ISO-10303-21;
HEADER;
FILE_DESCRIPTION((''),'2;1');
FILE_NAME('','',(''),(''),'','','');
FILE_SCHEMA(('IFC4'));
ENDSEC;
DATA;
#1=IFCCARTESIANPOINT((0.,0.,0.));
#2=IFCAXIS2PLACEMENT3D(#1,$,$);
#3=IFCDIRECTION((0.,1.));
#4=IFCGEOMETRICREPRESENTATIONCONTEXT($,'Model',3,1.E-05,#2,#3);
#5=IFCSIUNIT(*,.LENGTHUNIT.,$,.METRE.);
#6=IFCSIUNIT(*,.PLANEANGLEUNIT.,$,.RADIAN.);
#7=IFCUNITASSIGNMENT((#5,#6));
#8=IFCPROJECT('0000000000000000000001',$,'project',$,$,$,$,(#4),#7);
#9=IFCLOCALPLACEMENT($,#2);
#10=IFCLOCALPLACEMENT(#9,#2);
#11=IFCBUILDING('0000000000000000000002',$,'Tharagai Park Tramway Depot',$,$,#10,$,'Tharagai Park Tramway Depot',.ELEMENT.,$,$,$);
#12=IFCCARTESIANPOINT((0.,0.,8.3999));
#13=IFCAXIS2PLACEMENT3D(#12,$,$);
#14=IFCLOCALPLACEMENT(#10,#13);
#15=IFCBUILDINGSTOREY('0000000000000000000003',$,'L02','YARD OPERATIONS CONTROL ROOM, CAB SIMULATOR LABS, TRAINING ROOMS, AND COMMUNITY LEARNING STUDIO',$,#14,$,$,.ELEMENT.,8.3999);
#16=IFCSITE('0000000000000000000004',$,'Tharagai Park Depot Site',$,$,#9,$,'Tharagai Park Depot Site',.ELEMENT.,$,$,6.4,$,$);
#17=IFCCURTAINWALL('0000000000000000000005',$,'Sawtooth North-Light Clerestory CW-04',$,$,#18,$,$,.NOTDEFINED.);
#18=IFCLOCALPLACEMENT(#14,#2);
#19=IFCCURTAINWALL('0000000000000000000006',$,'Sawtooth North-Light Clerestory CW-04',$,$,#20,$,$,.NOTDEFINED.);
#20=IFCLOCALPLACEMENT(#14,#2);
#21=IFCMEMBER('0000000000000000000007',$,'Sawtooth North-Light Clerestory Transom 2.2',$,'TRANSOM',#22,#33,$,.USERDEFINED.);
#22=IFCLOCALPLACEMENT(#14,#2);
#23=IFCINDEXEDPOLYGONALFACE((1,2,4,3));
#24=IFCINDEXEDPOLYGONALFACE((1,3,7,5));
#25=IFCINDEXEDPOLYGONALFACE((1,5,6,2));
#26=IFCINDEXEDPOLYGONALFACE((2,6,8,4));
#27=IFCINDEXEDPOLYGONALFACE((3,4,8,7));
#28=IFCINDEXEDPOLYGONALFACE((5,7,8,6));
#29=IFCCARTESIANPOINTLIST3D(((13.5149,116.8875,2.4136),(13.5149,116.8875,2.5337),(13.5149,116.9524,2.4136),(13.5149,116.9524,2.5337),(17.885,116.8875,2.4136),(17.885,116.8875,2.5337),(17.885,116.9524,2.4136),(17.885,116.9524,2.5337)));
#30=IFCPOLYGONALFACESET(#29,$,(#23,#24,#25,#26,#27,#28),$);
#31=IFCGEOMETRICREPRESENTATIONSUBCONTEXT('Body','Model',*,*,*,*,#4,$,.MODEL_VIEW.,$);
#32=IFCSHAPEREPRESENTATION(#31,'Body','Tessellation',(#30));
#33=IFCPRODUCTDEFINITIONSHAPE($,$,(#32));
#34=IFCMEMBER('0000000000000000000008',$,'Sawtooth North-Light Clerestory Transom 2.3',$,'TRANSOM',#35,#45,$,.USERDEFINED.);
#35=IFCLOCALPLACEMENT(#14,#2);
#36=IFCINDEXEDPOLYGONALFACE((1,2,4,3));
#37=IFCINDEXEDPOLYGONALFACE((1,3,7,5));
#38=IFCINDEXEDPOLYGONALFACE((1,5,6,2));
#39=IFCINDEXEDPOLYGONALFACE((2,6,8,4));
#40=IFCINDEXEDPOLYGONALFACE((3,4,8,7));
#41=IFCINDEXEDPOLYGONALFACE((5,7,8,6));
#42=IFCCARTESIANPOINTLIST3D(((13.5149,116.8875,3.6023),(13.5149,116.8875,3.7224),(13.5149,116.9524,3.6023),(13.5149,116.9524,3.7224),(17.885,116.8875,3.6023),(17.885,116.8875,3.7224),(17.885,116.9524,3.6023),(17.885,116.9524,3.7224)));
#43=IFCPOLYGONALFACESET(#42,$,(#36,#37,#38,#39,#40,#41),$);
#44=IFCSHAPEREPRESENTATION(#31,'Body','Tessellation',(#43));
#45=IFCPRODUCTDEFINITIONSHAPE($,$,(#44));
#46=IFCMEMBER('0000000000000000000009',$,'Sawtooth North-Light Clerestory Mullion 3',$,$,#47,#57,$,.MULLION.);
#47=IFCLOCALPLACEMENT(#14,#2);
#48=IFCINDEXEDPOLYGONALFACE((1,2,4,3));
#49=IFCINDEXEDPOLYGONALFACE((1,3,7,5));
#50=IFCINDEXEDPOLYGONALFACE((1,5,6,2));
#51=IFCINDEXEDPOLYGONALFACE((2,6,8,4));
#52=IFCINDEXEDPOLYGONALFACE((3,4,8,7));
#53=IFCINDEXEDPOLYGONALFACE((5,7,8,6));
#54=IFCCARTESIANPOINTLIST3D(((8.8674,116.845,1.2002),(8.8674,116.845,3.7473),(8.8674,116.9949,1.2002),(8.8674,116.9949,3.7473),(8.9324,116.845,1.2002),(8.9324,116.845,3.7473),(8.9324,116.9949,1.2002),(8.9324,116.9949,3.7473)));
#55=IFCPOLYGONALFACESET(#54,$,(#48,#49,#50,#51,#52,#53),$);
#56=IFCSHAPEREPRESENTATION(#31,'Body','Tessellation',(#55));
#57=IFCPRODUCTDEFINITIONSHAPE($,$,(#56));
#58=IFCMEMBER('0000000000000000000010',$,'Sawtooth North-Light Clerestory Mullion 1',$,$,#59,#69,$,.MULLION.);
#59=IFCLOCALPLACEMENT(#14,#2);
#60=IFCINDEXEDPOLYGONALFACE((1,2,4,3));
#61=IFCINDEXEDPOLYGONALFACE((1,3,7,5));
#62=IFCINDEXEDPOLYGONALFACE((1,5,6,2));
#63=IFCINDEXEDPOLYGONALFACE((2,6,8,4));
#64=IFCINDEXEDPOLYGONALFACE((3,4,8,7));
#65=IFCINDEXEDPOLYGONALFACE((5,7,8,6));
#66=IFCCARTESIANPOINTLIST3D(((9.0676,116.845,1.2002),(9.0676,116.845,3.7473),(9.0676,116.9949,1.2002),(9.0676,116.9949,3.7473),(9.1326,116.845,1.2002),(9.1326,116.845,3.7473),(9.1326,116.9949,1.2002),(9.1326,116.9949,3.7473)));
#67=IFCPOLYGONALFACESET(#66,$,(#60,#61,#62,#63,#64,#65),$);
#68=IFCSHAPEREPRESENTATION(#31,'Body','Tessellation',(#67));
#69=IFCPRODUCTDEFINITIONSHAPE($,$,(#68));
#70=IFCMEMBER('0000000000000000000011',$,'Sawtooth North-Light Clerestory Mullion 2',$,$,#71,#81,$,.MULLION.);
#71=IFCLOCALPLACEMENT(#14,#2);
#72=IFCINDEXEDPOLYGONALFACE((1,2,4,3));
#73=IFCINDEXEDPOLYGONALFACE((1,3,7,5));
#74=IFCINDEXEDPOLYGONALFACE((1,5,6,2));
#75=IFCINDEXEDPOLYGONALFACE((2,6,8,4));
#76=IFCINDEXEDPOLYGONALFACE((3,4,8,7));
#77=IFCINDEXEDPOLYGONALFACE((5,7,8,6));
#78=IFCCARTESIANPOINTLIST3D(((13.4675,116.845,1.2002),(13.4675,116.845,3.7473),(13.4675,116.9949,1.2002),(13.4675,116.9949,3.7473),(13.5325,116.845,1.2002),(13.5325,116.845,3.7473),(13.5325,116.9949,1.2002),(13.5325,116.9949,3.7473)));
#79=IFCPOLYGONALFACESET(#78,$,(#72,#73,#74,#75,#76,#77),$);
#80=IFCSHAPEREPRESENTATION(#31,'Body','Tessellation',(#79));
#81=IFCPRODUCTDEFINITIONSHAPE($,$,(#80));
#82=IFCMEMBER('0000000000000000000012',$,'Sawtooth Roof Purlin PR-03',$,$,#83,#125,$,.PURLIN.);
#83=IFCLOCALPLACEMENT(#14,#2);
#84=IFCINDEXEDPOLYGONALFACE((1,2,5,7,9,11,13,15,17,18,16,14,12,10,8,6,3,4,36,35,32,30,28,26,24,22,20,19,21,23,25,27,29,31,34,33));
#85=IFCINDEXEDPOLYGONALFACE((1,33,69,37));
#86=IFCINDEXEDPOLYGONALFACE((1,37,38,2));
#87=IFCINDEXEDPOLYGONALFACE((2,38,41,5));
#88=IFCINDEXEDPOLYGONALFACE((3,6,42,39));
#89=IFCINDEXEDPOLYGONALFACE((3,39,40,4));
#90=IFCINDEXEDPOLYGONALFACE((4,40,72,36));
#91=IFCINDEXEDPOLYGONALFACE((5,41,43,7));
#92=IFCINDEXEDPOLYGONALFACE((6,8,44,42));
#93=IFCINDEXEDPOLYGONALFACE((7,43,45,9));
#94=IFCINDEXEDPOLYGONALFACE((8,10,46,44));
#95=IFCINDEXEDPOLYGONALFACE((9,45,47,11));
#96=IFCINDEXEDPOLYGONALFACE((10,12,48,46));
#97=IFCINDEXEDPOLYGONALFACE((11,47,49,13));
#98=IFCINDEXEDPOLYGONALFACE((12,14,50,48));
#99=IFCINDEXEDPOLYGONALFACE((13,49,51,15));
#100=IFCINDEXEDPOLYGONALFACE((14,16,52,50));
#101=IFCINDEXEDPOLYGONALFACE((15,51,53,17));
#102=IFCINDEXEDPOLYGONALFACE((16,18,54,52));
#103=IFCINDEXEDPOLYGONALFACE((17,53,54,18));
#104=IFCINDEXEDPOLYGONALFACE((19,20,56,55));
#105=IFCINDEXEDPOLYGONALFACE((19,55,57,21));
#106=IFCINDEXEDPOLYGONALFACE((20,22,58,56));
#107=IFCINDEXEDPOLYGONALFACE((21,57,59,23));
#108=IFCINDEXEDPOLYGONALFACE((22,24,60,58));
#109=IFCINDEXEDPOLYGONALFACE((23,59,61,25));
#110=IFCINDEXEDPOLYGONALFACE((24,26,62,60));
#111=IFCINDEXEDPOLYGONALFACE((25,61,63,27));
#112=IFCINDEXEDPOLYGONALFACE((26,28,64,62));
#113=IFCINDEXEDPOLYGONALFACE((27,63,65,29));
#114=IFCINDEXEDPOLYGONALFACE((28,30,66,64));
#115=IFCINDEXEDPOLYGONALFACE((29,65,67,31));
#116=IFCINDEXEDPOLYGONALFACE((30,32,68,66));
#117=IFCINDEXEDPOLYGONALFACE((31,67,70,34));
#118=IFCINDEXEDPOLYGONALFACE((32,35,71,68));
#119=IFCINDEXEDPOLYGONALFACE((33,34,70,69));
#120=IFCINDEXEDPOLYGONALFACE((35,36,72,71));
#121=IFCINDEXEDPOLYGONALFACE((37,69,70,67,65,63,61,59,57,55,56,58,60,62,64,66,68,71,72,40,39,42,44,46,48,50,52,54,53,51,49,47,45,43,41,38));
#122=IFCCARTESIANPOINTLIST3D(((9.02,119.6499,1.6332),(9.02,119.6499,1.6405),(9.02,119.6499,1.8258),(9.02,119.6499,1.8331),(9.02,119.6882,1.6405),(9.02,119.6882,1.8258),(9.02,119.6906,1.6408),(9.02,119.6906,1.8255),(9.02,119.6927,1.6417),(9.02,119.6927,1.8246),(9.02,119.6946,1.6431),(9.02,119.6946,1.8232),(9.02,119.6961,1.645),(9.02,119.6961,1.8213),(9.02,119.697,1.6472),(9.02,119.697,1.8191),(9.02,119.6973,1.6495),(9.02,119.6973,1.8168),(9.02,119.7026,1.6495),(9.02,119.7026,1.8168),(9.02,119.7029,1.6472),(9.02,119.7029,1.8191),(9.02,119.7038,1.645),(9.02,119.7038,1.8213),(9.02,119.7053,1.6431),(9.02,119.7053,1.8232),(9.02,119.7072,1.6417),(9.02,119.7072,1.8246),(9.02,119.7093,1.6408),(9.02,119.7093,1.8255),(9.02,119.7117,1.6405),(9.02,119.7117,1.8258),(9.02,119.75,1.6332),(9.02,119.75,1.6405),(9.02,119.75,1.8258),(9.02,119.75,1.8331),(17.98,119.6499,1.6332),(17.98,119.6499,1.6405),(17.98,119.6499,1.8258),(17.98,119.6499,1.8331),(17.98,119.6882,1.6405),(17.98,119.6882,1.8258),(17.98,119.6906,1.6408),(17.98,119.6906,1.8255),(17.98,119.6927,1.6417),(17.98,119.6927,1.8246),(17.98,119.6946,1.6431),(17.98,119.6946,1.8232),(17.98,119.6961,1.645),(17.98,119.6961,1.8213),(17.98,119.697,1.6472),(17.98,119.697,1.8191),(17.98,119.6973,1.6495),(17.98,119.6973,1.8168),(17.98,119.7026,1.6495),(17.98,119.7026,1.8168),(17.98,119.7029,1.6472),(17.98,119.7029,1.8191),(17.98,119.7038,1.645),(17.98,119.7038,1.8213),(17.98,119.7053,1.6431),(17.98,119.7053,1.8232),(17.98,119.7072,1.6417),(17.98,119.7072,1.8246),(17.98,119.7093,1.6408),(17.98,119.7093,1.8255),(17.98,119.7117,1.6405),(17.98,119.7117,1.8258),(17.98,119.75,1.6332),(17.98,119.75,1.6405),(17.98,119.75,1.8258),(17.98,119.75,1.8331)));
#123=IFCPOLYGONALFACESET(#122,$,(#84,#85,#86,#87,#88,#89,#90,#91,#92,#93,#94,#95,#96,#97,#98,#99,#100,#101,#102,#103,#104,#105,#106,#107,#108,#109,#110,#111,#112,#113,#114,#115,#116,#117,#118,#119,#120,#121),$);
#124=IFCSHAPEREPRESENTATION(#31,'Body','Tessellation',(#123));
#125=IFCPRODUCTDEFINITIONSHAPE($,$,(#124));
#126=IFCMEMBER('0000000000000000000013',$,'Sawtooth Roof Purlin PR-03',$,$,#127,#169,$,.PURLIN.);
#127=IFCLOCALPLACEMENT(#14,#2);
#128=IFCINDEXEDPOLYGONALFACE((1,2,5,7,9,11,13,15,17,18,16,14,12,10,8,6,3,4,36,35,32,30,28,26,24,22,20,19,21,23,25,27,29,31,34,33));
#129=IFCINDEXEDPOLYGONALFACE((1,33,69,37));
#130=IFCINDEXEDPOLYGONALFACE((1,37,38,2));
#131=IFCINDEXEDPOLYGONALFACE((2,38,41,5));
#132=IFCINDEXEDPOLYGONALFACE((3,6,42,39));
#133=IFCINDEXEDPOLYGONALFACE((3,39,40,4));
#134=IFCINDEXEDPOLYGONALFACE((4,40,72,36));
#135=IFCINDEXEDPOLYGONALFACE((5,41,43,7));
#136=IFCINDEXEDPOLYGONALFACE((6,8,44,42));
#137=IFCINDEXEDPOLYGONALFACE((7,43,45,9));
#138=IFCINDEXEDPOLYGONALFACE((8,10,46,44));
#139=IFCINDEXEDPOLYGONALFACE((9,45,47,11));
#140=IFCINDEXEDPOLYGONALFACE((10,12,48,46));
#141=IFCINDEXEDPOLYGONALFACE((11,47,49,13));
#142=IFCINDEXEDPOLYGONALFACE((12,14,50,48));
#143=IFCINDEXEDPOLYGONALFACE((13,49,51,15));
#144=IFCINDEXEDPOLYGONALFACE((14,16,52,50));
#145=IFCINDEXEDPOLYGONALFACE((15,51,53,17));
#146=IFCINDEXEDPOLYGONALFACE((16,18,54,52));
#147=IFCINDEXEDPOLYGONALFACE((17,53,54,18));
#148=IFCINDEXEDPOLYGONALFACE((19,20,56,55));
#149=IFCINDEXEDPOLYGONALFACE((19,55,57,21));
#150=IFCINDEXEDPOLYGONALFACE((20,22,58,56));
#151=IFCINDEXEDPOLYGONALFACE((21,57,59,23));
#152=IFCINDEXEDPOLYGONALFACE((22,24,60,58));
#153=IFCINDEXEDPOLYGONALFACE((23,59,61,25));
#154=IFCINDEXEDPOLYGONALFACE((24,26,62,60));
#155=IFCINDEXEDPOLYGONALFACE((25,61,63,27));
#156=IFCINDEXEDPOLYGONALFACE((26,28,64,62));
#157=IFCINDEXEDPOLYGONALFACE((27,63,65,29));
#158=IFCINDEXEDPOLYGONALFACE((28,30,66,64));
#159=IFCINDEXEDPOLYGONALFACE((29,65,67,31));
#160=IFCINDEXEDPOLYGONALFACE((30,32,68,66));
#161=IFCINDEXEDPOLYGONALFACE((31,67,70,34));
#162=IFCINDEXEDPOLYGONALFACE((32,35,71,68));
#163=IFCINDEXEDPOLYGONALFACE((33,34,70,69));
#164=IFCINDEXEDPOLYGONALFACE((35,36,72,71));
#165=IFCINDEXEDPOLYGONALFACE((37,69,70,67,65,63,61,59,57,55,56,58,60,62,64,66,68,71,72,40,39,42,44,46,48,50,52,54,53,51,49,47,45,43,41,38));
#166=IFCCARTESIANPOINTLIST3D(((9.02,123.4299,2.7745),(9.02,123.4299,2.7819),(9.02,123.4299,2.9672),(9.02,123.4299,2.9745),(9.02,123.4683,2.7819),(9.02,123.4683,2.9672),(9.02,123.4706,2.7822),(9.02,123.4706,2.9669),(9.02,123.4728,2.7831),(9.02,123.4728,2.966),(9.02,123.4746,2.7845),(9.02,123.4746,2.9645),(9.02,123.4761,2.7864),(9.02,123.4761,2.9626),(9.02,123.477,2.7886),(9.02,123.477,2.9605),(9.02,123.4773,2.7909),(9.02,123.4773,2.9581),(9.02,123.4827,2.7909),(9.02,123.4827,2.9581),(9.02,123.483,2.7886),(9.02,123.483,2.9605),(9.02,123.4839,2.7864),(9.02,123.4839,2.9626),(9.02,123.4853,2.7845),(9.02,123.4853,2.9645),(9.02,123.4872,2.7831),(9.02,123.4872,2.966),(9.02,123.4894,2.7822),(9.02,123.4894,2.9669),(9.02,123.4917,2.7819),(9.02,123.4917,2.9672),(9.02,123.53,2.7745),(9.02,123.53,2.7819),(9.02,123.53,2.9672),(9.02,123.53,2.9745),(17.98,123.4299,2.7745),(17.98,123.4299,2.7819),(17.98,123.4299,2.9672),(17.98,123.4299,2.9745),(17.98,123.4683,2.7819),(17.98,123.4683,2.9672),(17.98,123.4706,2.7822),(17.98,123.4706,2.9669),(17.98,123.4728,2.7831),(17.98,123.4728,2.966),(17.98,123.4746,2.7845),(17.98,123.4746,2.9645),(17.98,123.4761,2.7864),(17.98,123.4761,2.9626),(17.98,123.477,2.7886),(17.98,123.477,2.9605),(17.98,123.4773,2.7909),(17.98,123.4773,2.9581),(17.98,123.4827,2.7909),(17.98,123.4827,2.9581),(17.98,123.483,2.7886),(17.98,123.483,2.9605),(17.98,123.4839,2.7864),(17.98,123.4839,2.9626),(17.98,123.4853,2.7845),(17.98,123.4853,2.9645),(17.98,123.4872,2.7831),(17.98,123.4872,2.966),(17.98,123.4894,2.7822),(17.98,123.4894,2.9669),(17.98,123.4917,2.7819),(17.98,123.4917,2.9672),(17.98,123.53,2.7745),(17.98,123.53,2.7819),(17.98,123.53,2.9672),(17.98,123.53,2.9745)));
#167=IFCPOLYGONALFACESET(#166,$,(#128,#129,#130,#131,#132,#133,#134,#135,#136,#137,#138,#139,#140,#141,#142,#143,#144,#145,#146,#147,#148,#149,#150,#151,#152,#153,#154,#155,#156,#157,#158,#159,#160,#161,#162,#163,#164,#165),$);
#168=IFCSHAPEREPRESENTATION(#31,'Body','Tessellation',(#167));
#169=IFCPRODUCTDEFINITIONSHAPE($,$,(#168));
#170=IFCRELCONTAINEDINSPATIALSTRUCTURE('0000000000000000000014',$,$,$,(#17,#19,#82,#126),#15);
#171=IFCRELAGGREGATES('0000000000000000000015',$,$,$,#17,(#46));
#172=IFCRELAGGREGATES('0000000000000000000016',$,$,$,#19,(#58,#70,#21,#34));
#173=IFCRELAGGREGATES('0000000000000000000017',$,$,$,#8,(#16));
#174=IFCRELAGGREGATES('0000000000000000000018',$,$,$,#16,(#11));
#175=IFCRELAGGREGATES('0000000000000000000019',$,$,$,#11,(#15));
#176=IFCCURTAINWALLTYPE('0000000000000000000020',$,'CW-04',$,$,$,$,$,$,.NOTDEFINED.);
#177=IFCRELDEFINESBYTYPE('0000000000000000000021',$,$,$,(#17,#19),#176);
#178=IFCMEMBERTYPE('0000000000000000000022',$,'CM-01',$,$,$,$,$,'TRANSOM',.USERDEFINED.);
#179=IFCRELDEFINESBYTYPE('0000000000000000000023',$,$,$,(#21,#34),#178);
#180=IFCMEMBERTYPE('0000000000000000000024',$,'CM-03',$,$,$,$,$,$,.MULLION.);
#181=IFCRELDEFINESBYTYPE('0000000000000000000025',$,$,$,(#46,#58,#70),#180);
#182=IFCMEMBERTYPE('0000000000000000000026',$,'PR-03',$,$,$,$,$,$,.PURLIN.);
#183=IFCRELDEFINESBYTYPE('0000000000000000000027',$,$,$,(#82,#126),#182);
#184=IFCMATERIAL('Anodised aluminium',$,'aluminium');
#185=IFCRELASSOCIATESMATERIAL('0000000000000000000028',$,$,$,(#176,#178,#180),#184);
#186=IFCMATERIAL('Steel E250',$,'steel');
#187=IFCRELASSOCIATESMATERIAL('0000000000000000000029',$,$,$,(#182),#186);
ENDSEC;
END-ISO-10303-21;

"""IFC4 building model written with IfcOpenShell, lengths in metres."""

from ifc_helpers import new_model, si_unit, direction, frame, origin, origin_2d, place, context, subcontext, project, spatial, rectangle, i_section, extrude, material, material_profile, profile_set, type_object, element, aggregate, save


model = new_model("IFC4")

# Units and contexts
model_context = context("Model", 3, precision=1e-05, world=origin(), true_north=direction((0.0, 1.0)))
body_context = subcontext(model_context, "Body", "Model", "MODEL_VIEW")
ifc_project = project(units=[si_unit("LENGTHUNIT", "METRE"), si_unit("PLANEANGLEUNIT", "RADIAN")], contexts=[model_context])

# Site, building, storey
site_placement = place(None, origin())
site = spatial("IfcSite", under=ifc_project, at=site_placement, Name="Tharagai Park Depot Site", LongName="Tharagai Park Depot Site", CompositionType="ELEMENT", RefElevation=6.4)
building_placement = place(site_placement, origin())
building = spatial("IfcBuilding", under=site, at=building_placement, Name="Tharagai Park Tramway Depot", LongName="Tharagai Park Tramway Depot", CompositionType="ELEMENT")
storey_placement = place(building_placement, frame((0.0, 0.0, 8.3999)))
storey = spatial("IfcBuildingStorey", under=building, at=storey_placement, Name="L02", Description="YARD OPERATIONS CONTROL ROOM, CAB SIMULATOR LABS, TRAINING ROOMS, AND COMMUNITY LEARNING STUDIO", CompositionType="ELEMENT", Elevation=8.3999)

# Curtain walls, members
ifc_material_1 = material(Name="Anodised aluminium", Category="aluminium")
curtain_wall_type = type_object("IfcCurtainWallType", Name="CW-04", PredefinedType="NOTDEFINED", material=ifc_material_1)
curtain_wall_1_placement = place(storey_placement, origin())
curtain_wall_1 = element("IfcCurtainWall", 1, at=curtain_wall_1_placement, inside=storey, type_object=curtain_wall_type, Name="Sawtooth North-Light Clerestory CW-04", PredefinedType="NOTDEFINED")
ifc_material_profile_1 = material_profile(ifc_material_1, rectangle(XDim=0.0649, YDim=0.1201, at=origin_2d()), Name="ALU 65x120")
ifc_profile_set_1 = profile_set([ifc_material_profile_1], Name="Anodised aluminium")
member_type_1 = type_object("IfcMemberType", Name="CM-01", ElementType="TRANSOM", PredefinedType="USERDEFINED", material=ifc_profile_set_1)
curtain_wall_2_placement = place(storey_placement, origin())
curtain_wall_2 = element("IfcCurtainWall", 2, at=curtain_wall_2_placement, inside=storey, type_object=curtain_wall_type, Name="Sawtooth North-Light Clerestory CW-04", PredefinedType="NOTDEFINED")
member_1_placement = place(storey_placement, frame((13.5149, 116.9199, 2.4736), z_axis=(1.0, 0.0, 0.0), x_axis=(0.0, 1.0, 0.0)))
member_1 = element("IfcMember", 3, at=member_1_placement, type_object=member_type_1, Name="Sawtooth North-Light Clerestory Transom 2.2", ObjectType="TRANSOM", PredefinedType="USERDEFINED", context=body_context, shape_type="SweptSolid", body=[
    extrude(rectangle(XDim=0.0649, YDim=0.1201, at=origin_2d()), origin(), (0.0, 0.0, 1.0), 4.3701),
])
member_2_placement = place(storey_placement, frame((13.5149, 116.9199, 3.6624), z_axis=(1.0, 0.0, 0.0), x_axis=(0.0, 1.0, 0.0)))
member_2 = element("IfcMember", 4, at=member_2_placement, type_object=member_type_1, Name="Sawtooth North-Light Clerestory Transom 2.3", ObjectType="TRANSOM", PredefinedType="USERDEFINED", context=body_context, shape_type="SweptSolid", body=[
    extrude(rectangle(XDim=0.0649, YDim=0.1201, at=origin_2d()), origin(), (0.0, 0.0, 1.0), 4.3701),
])

# Members
ifc_material_profile_2 = material_profile(ifc_material_1, rectangle(XDim=0.0649, YDim=0.1499, at=origin_2d()), Name="ALU 65x150")
ifc_profile_set_2 = profile_set([ifc_material_profile_2], Name="Anodised aluminium")
member_type_2 = type_object("IfcMemberType", Name="CM-03", PredefinedType="MULLION", material=ifc_profile_set_2)
member_3_placement = place(storey_placement, frame((8.8999, 116.9199, 1.2002), z_axis=(0.0, 0.0, 1.0), x_axis=(1.0, 0.0, 0.0)))
member_3 = element("IfcMember", 5, at=member_3_placement, type_object=member_type_2, Name="Sawtooth North-Light Clerestory Mullion 3", PredefinedType="MULLION", context=body_context, shape_type="SweptSolid", body=[
    extrude(rectangle(XDim=0.0649, YDim=0.1499, at=origin_2d()), origin(), (0.0, 0.0, 1.0), 2.5471),
])
member_4_placement = place(storey_placement, frame((9.1001, 116.9199, 1.2002), z_axis=(0.0, 0.0, 1.0), x_axis=(1.0, 0.0, 0.0)))
member_4 = element("IfcMember", 6, at=member_4_placement, type_object=member_type_2, Name="Sawtooth North-Light Clerestory Mullion 1", PredefinedType="MULLION", context=body_context, shape_type="SweptSolid", body=[
    extrude(rectangle(XDim=0.0649, YDim=0.1499, at=origin_2d()), origin(), (0.0, 0.0, 1.0), 2.5471),
])
member_5_placement = place(storey_placement, frame((13.5, 116.9199, 1.2002), z_axis=(0.0, 0.0, 1.0), x_axis=(1.0, 0.0, 0.0)))
member_5 = element("IfcMember", 7, at=member_5_placement, type_object=member_type_2, Name="Sawtooth North-Light Clerestory Mullion 2", PredefinedType="MULLION", context=body_context, shape_type="SweptSolid", body=[
    extrude(rectangle(XDim=0.0649, YDim=0.1499, at=origin_2d()), origin(), (0.0, 0.0, 1.0), 2.5471),
])

# Members
ifc_material_2 = material(Name="Steel E250", Category="steel")
ifc_material_profile_3 = material_profile(ifc_material_2, i_section(OverallWidth=0.1001, OverallDepth=0.2, WebThickness=0.0054, FlangeThickness=0.0073, FilletRadius=0.009, at=origin_2d()), Name="ISLB 200")
ifc_profile_set_3 = profile_set([ifc_material_profile_3], Name="Steel E250")
member_type_3 = type_object("IfcMemberType", Name="PR-03", PredefinedType="PURLIN", material=ifc_profile_set_3)
for number, where, z_axis, x_axis, name in (
    (8, (9.02, 119.7, 1.7332), (1.0, 0.0, 0.0), (0.0, 1.0, 0.0), "Sawtooth Roof Purlin PR-03"),
    (9, (9.02, 123.48, 2.8745), (1.0, 0.0, 0.0), (0.0, 1.0, 0.0), "Sawtooth Roof Purlin PR-03"),
):
    element("IfcMember", number, at=place(storey_placement, frame(where, z_axis=z_axis, x_axis=x_axis)), inside=storey, type_object=member_type_3, Name=name, PredefinedType="PURLIN", context=body_context, shape_type="SweptSolid", body=[
        extrude(i_section(OverallWidth=0.1001, OverallDepth=0.2, WebThickness=0.0054, FlangeThickness=0.0073, FilletRadius=0.009, at=origin_2d()), origin(), (0.0, 0.0, 1.0), 8.96),
    ])

aggregate(curtain_wall_1, [member_3])
aggregate(curtain_wall_2, [member_4, member_5, member_1, member_2])

save(model, "model.ifc")
